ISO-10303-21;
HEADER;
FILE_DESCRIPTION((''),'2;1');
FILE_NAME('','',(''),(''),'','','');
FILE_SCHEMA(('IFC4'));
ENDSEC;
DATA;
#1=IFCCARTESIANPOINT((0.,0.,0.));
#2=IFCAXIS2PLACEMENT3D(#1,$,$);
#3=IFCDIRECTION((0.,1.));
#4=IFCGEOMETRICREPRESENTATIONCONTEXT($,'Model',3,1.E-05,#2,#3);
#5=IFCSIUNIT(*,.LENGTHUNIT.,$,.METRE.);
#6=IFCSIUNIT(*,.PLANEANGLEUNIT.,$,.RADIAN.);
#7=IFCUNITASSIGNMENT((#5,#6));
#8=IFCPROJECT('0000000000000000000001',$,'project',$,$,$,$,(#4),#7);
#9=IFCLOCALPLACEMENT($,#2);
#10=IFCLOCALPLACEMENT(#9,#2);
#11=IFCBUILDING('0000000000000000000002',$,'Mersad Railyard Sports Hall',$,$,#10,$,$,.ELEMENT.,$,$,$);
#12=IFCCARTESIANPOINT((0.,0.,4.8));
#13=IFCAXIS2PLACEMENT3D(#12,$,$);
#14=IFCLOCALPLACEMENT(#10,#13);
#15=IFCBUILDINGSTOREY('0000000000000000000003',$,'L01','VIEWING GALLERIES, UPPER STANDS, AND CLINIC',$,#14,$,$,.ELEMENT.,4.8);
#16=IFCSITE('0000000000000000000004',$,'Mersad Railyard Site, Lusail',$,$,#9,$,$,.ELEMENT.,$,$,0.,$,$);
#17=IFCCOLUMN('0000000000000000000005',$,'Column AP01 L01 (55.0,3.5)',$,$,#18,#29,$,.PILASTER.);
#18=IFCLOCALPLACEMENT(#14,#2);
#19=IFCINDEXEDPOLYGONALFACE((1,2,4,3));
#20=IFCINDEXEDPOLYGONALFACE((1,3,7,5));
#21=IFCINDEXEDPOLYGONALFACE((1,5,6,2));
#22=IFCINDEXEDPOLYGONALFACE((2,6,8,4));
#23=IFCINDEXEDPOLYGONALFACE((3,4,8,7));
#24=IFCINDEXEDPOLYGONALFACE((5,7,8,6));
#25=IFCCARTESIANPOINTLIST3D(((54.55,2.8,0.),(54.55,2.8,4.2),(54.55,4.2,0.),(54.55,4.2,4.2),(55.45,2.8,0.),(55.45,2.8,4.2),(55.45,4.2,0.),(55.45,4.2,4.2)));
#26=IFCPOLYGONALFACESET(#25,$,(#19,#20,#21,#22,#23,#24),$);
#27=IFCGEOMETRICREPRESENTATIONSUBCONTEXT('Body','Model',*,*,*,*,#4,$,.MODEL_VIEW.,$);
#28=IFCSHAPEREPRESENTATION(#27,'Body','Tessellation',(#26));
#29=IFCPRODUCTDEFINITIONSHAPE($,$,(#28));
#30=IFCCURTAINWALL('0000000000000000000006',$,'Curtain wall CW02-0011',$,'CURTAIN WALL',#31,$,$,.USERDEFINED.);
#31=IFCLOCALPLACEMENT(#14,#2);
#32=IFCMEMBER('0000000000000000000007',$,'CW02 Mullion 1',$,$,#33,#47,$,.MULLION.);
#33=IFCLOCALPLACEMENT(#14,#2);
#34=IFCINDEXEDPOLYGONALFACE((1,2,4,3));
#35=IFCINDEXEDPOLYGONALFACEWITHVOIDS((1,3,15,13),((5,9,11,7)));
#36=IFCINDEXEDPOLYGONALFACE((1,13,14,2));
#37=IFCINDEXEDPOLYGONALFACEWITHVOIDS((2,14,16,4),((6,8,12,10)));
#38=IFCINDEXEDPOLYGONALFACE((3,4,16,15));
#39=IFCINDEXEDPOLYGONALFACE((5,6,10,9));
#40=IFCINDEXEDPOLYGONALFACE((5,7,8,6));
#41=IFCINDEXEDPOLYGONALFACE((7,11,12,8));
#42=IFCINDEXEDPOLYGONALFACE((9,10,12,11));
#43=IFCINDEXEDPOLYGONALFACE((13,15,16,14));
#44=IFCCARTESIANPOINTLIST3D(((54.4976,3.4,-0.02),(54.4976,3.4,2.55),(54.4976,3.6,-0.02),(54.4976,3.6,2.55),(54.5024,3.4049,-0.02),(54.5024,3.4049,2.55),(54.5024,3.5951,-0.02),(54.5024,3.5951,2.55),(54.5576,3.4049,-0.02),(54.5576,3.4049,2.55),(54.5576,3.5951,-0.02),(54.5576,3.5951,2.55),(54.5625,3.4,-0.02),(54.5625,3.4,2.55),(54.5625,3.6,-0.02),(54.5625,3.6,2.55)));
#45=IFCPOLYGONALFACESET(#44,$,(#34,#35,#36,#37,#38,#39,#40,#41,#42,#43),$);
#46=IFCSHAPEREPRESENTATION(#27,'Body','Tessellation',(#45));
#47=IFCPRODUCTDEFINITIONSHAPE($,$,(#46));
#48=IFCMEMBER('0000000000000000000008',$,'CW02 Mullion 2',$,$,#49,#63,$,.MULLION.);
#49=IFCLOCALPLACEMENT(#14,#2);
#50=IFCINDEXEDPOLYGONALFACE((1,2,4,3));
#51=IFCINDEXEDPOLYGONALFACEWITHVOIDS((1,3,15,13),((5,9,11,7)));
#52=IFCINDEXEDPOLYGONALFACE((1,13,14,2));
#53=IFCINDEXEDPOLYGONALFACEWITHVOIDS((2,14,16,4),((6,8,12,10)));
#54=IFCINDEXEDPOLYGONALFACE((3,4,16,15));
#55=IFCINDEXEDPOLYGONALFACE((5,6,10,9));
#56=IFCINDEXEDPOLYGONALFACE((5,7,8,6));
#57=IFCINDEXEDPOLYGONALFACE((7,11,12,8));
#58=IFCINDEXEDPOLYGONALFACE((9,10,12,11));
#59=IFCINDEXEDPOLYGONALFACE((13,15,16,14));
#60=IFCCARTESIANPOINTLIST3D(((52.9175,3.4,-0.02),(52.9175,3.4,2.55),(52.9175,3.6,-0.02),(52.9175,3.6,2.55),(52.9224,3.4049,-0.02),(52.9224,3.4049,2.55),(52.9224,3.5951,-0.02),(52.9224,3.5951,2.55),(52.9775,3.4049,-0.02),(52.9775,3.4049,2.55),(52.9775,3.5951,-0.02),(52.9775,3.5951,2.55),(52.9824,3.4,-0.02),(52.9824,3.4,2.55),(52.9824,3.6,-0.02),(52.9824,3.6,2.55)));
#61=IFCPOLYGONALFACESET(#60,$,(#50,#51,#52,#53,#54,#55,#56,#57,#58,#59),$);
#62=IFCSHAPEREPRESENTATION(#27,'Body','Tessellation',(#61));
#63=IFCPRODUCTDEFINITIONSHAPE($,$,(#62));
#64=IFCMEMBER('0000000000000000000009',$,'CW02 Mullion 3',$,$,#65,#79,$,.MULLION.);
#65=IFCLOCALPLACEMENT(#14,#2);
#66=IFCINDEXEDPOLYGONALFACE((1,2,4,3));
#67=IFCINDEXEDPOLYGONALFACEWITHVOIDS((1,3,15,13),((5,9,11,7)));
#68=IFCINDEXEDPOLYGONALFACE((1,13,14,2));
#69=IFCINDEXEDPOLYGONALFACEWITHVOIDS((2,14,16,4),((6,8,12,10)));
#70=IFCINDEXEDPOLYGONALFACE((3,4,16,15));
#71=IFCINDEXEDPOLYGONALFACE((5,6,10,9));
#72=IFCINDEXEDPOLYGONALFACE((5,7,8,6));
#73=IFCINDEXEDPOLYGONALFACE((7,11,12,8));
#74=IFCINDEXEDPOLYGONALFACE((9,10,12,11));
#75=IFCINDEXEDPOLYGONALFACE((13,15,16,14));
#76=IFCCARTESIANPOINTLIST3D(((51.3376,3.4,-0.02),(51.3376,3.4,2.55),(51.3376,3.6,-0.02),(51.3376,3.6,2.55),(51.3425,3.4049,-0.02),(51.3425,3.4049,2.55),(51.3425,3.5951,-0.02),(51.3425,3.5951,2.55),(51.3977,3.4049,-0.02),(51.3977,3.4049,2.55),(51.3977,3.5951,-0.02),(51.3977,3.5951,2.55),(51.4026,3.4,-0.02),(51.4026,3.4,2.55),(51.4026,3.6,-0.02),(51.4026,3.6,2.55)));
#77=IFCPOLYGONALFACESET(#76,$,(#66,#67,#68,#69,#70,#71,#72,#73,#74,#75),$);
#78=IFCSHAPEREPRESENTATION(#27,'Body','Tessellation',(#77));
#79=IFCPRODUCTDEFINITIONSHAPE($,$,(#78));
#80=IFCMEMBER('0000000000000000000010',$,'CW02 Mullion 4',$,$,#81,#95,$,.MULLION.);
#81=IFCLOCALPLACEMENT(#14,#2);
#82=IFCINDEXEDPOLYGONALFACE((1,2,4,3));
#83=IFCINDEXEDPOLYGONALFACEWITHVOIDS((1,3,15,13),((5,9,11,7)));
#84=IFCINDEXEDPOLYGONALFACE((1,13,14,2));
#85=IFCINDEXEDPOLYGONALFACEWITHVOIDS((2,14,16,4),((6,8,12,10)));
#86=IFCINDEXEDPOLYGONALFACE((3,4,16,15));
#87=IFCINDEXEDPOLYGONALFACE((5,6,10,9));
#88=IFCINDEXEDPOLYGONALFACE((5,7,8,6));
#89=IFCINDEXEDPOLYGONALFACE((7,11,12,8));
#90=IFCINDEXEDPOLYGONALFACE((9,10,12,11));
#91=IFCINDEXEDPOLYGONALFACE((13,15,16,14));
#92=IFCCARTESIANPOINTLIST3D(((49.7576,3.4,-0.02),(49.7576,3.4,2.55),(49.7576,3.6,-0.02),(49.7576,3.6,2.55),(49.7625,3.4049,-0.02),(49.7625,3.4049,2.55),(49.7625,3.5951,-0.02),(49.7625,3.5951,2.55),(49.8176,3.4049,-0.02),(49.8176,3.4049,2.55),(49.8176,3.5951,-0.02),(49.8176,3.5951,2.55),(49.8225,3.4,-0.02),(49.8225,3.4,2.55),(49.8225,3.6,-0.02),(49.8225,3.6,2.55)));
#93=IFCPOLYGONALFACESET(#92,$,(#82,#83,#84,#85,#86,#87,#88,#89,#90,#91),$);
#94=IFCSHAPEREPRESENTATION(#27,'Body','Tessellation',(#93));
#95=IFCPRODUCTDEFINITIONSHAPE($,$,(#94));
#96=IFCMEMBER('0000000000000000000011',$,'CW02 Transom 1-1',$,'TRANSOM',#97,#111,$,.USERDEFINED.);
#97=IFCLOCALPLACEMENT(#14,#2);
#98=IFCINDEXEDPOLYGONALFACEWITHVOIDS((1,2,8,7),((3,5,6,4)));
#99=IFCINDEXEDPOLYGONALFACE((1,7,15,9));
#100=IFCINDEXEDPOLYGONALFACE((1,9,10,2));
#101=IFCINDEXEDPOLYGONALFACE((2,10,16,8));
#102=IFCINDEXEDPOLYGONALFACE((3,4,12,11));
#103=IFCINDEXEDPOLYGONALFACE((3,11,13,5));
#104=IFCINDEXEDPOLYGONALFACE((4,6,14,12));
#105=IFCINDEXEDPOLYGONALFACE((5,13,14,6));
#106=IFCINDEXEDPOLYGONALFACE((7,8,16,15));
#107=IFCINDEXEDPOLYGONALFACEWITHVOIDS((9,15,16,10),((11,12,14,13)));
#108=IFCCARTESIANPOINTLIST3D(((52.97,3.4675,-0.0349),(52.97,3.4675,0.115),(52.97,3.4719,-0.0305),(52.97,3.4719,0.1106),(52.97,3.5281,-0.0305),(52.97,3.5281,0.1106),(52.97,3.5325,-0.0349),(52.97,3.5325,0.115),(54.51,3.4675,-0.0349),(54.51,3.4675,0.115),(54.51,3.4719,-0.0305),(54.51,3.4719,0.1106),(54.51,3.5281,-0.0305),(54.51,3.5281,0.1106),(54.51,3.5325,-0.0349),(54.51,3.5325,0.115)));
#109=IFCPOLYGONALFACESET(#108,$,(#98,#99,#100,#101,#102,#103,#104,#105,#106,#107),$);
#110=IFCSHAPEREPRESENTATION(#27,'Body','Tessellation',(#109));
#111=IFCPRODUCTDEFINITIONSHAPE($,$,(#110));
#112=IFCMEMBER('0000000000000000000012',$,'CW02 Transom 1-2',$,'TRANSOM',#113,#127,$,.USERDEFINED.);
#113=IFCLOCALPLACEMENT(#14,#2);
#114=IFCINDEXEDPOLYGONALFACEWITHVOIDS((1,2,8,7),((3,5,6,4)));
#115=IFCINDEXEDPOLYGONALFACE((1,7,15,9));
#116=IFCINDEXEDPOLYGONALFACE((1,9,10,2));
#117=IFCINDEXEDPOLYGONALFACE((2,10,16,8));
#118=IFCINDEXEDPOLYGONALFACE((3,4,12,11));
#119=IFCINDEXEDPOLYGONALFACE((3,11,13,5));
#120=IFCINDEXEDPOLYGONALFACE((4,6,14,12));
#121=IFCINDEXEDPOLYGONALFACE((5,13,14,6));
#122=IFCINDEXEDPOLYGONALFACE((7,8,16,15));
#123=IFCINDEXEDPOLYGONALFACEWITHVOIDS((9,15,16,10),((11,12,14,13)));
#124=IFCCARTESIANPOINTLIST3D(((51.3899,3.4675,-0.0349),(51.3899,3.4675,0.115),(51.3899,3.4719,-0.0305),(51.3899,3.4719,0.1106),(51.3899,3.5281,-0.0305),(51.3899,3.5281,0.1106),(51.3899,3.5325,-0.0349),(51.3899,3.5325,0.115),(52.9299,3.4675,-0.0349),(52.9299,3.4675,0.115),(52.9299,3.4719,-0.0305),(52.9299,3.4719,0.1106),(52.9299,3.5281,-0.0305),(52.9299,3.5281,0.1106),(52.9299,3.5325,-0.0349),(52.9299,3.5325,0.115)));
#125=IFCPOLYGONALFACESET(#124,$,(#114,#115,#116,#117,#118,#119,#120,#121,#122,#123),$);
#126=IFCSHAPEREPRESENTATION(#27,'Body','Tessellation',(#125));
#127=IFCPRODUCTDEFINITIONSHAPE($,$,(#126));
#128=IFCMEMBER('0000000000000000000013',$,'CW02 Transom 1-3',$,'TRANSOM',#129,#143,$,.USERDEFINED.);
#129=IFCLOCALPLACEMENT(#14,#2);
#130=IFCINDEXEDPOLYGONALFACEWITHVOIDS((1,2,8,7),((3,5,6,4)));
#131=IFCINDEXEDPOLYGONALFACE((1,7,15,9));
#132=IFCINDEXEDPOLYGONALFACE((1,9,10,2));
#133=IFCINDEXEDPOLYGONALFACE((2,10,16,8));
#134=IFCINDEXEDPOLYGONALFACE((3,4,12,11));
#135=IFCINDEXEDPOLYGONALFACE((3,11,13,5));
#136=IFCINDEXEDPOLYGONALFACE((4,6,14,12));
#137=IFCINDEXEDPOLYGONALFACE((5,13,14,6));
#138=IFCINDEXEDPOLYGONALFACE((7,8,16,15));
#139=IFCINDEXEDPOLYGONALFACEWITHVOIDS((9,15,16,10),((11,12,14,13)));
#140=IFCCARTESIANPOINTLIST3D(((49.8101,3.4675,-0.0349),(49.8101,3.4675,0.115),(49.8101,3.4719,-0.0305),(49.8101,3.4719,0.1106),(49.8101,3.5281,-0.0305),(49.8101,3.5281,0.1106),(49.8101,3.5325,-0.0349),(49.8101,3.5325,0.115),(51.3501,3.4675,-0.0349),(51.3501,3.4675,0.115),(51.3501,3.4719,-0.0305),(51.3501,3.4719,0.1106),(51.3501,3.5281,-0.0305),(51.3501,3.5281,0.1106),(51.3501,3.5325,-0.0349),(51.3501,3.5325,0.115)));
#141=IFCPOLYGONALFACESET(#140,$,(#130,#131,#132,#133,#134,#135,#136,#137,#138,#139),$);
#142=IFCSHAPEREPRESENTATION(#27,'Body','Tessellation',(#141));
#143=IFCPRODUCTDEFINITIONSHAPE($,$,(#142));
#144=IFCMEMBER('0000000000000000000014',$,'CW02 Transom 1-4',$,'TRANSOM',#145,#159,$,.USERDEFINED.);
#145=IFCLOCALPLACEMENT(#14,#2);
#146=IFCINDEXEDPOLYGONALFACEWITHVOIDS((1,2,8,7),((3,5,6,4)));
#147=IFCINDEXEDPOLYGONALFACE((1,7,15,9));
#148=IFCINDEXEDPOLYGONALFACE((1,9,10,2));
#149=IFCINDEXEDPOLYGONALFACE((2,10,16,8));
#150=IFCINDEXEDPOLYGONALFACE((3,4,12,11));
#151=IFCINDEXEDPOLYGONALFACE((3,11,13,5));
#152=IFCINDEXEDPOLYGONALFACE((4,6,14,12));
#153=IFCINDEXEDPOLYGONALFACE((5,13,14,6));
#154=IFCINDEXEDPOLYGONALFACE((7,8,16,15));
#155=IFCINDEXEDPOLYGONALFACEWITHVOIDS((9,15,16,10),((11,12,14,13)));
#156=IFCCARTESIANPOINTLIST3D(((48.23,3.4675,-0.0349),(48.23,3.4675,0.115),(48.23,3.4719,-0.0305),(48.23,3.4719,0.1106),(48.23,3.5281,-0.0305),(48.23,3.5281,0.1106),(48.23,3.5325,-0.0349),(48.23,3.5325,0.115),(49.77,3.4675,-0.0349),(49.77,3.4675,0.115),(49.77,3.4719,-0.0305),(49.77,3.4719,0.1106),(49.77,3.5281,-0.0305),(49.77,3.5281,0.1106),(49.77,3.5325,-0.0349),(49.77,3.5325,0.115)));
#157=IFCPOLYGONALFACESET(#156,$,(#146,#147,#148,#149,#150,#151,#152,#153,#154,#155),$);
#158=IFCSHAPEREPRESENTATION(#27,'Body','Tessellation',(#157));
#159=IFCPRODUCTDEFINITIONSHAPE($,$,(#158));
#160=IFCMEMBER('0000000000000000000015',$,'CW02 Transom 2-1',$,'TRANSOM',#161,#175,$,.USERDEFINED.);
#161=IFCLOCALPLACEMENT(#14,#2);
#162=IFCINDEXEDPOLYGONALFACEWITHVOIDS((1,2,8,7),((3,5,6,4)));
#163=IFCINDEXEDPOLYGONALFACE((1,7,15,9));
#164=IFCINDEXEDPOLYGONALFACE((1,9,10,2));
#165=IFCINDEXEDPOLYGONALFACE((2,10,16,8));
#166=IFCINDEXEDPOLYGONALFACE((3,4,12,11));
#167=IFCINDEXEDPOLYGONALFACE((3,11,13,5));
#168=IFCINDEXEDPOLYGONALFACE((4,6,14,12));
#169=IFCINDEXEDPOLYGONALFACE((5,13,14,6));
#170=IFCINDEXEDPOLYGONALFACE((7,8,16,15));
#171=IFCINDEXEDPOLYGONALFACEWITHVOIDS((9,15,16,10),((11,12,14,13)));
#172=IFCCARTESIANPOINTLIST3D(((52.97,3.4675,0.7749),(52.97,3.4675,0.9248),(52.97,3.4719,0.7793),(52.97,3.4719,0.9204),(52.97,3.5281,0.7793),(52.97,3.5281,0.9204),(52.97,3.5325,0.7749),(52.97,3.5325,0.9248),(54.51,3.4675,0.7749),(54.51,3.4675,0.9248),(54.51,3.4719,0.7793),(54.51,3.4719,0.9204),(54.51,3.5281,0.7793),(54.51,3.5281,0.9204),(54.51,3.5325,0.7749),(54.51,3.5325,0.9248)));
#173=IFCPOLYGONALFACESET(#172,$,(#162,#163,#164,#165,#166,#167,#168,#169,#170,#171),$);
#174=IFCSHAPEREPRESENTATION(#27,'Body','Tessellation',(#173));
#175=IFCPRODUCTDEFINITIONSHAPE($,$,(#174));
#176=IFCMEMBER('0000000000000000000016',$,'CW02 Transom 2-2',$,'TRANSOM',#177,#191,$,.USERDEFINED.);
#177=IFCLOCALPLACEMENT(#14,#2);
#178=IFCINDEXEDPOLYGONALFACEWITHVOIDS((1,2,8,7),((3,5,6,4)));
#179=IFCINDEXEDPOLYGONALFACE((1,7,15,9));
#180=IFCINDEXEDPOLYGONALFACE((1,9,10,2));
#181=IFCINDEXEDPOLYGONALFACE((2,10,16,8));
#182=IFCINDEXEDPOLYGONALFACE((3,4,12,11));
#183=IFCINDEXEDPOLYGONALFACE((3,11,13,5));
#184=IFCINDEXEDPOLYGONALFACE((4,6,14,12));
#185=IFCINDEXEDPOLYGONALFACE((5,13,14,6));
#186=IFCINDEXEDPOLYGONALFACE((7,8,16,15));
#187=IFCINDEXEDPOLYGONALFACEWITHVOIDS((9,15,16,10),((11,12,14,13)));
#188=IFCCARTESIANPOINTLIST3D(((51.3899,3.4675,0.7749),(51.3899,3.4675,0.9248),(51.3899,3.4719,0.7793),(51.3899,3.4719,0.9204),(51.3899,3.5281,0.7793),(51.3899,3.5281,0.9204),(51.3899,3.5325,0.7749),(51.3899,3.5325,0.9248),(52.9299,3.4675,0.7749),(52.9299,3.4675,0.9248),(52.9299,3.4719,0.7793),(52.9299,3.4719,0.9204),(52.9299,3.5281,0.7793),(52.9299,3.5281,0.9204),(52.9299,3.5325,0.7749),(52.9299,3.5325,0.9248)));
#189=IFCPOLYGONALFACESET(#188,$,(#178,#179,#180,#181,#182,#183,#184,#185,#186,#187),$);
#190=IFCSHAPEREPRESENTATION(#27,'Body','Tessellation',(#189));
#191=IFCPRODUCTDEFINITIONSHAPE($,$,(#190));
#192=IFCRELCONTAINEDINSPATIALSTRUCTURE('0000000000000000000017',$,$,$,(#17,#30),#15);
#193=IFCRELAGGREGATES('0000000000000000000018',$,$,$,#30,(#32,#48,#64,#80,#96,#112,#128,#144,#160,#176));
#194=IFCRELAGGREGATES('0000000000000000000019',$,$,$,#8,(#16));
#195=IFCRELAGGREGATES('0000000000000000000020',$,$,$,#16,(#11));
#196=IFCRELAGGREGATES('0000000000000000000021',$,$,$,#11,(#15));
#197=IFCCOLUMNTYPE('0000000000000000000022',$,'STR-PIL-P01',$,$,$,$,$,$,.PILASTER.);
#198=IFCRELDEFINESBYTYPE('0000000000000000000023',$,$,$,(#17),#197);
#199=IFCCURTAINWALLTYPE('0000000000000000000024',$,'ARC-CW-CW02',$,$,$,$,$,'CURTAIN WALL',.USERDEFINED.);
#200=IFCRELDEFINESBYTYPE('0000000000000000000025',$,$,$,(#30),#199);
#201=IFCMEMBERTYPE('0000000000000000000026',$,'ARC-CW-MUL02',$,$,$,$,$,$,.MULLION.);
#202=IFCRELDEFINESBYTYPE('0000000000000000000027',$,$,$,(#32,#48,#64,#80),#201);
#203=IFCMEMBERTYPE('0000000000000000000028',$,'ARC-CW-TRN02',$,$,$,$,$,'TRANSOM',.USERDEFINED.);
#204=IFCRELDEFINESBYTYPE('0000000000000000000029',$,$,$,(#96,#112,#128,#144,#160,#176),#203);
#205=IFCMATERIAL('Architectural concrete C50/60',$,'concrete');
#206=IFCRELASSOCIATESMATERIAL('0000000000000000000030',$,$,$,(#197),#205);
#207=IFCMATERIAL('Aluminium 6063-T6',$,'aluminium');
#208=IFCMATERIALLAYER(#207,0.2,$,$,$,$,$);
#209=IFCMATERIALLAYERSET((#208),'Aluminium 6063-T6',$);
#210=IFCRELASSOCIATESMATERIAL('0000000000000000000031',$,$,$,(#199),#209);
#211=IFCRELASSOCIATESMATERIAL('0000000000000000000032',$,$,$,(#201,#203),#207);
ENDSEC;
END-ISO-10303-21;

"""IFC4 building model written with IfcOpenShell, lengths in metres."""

from ifc_helpers import new_model, si_unit, direction, frame, origin, origin_2d, place, context, subcontext, project, spatial, rectangle, hollow_rectangle, extrude, material, layer, layer_set, material_profile, profile_set, type_object, element, aggregate, save


model = new_model("IFC4")

# Units and contexts
model_context = context("Model", 3, precision=1e-05, world=origin(), true_north=direction((0.0, 1.0)))
body_context = subcontext(model_context, "Body", "Model", "MODEL_VIEW")
ifc_project = project(units=[si_unit("LENGTHUNIT", "METRE"), si_unit("PLANEANGLEUNIT", "RADIAN")], contexts=[model_context])

# Site, building, storey
site_placement = place(None, origin())
site = spatial("IfcSite", under=ifc_project, at=site_placement, Name="Mersad Railyard Site, Lusail", CompositionType="ELEMENT", RefElevation=0.0)
building_placement = place(site_placement, origin())
building = spatial("IfcBuilding", under=site, at=building_placement, Name="Mersad Railyard Sports Hall", CompositionType="ELEMENT")
storey_placement = place(building_placement, frame((0.0, 0.0, 4.8)))
storey = spatial("IfcBuildingStorey", under=building, at=storey_placement, Name="L01", Description="VIEWING GALLERIES, UPPER STANDS, AND CLINIC", CompositionType="ELEMENT", Elevation=4.8)

# Column
ifc_material_1 = material(Name="Architectural concrete C50/60", Category="concrete")
ifc_material_profile_1 = material_profile(ifc_material_1, rectangle(XDim=0.8999, YDim=1.3999, at=origin_2d()), Name="RC 900x1400")
ifc_profile_set_1 = profile_set([ifc_material_profile_1], Name="Architectural concrete C50/60")
column_type = type_object("IfcColumnType", Name="STR-PIL-P01", PredefinedType="PILASTER", material=ifc_profile_set_1)
column_placement = place(storey_placement, frame((55.0, 3.5, 0.0), z_axis=(0.0, 0.0, 1.0), x_axis=(1.0, 0.0, 0.0)))
element("IfcColumn", 1, at=column_placement, inside=storey, type_object=column_type, Name="Column AP01 L01 (55.0,3.5)", PredefinedType="PILASTER", context=body_context, shape_type="SweptSolid", body=[
    extrude(rectangle(XDim=0.8999, YDim=1.3999, at=origin_2d()), origin(), (0.0, 0.0, 1.0), 4.2),
])

# Curtain wall, members
ifc_material_2 = material(Name="Aluminium 6063-T6", Category="aluminium")
ifc_layer_1 = layer(ifc_material_2, 0.2)
ifc_layer_set_1 = layer_set([ifc_layer_1], Name="Aluminium 6063-T6")
curtain_wall_type = type_object("IfcCurtainWallType", Name="ARC-CW-CW02", ElementType="CURTAIN WALL", PredefinedType="USERDEFINED", material=ifc_layer_set_1)
curtain_wall_placement = place(storey_placement, origin())
curtain_wall = element("IfcCurtainWall", 2, at=curtain_wall_placement, inside=storey, type_object=curtain_wall_type, Name="Curtain wall CW02-0011", ObjectType="CURTAIN WALL", PredefinedType="USERDEFINED")
ifc_material_profile_2 = material_profile(ifc_material_2, hollow_rectangle(XDim=0.0649, YDim=0.2, WallThickness=0.0049, at=origin_2d()), Name="AL MULLION 65x200x5")
ifc_profile_set_2 = profile_set([ifc_material_profile_2], Name="Aluminium 6063-T6")
member_type_1 = type_object("IfcMemberType", Name="ARC-CW-MUL02", PredefinedType="MULLION", material=ifc_profile_set_2)
member_1_placement = place(storey_placement, frame((54.53, 3.5, -0.02), z_axis=(0.0, 0.0, 1.0), x_axis=(1.0, 0.0, 0.0)))
member_1 = element("IfcMember", 3, at=member_1_placement, type_object=member_type_1, Name="CW02 Mullion 1", PredefinedType="MULLION", context=body_context, shape_type="SweptSolid", body=[
    extrude(hollow_rectangle(XDim=0.0649, YDim=0.2, WallThickness=0.0049, at=origin_2d()), origin(), (0.0, 0.0, 1.0), 2.5701),
])
member_2_placement = place(storey_placement, frame((52.95, 3.5, -0.02), z_axis=(0.0, 0.0, 1.0), x_axis=(1.0, 0.0, 0.0)))
member_2 = element("IfcMember", 4, at=member_2_placement, type_object=member_type_1, Name="CW02 Mullion 2", PredefinedType="MULLION", context=body_context, shape_type="SweptSolid", body=[
    extrude(hollow_rectangle(XDim=0.0649, YDim=0.2, WallThickness=0.0049, at=origin_2d()), origin(), (0.0, 0.0, 1.0), 2.5701),
])
member_3_placement = place(storey_placement, frame((51.3701, 3.5, -0.02), z_axis=(0.0, 0.0, 1.0), x_axis=(1.0, 0.0, 0.0)))
member_3 = element("IfcMember", 5, at=member_3_placement, type_object=member_type_1, Name="CW02 Mullion 3", PredefinedType="MULLION", context=body_context, shape_type="SweptSolid", body=[
    extrude(hollow_rectangle(XDim=0.0649, YDim=0.2, WallThickness=0.0049, at=origin_2d()), origin(), (0.0, 0.0, 1.0), 2.5701),
])
member_4_placement = place(storey_placement, frame((49.79, 3.5, -0.02), z_axis=(0.0, 0.0, 1.0), x_axis=(1.0, 0.0, 0.0)))
member_4 = element("IfcMember", 6, at=member_4_placement, type_object=member_type_1, Name="CW02 Mullion 4", PredefinedType="MULLION", context=body_context, shape_type="SweptSolid", body=[
    extrude(hollow_rectangle(XDim=0.0649, YDim=0.2, WallThickness=0.0049, at=origin_2d()), origin(), (0.0, 0.0, 1.0), 2.5701),
])
ifc_material_profile_3 = material_profile(ifc_material_2, hollow_rectangle(XDim=0.0649, YDim=0.1499, WallThickness=0.0044, at=origin_2d()), Name="AL TRANSOM 65x150x4.5")
ifc_profile_set_3 = profile_set([ifc_material_profile_3], Name="Aluminium 6063-T6")
member_type_2 = type_object("IfcMemberType", Name="ARC-CW-TRN02", ElementType="TRANSOM", PredefinedType="USERDEFINED", material=ifc_profile_set_3)
member_5_placement = place(storey_placement, frame((54.51, 3.5, 0.04), z_axis=(-1.0, 0.0, 0.0), x_axis=(0.0, -1.0, 0.0)))
member_5 = element("IfcMember", 7, at=member_5_placement, type_object=member_type_2, Name="CW02 Transom 1-1", ObjectType="TRANSOM", PredefinedType="USERDEFINED", context=body_context, shape_type="SweptSolid", body=[
    extrude(hollow_rectangle(XDim=0.0649, YDim=0.1499, WallThickness=0.0044, at=origin_2d()), origin(), (0.0, 0.0, 1.0), 1.54),
])
member_6_placement = place(storey_placement, frame((52.9299, 3.5, 0.04), z_axis=(-1.0, 0.0, 0.0), x_axis=(0.0, -1.0, 0.0)))
member_6 = element("IfcMember", 8, at=member_6_placement, type_object=member_type_2, Name="CW02 Transom 1-2", ObjectType="TRANSOM", PredefinedType="USERDEFINED", context=body_context, shape_type="SweptSolid", body=[
    extrude(hollow_rectangle(XDim=0.0649, YDim=0.1499, WallThickness=0.0044, at=origin_2d()), origin(), (0.0, 0.0, 1.0), 1.54),
])
member_7_placement = place(storey_placement, frame((51.3501, 3.5, 0.04), z_axis=(-1.0, 0.0, 0.0), x_axis=(0.0, -1.0, 0.0)))
member_7 = element("IfcMember", 9, at=member_7_placement, type_object=member_type_2, Name="CW02 Transom 1-3", ObjectType="TRANSOM", PredefinedType="USERDEFINED", context=body_context, shape_type="SweptSolid", body=[
    extrude(hollow_rectangle(XDim=0.0649, YDim=0.1499, WallThickness=0.0044, at=origin_2d()), origin(), (0.0, 0.0, 1.0), 1.54),
])
member_8_placement = place(storey_placement, frame((49.77, 3.5, 0.04), z_axis=(-1.0, 0.0, 0.0), x_axis=(0.0, -1.0, 0.0)))
member_8 = element("IfcMember", 10, at=member_8_placement, type_object=member_type_2, Name="CW02 Transom 1-4", ObjectType="TRANSOM", PredefinedType="USERDEFINED", context=body_context, shape_type="SweptSolid", body=[
    extrude(hollow_rectangle(XDim=0.0649, YDim=0.1499, WallThickness=0.0044, at=origin_2d()), origin(), (0.0, 0.0, 1.0), 1.54),
])
member_9_placement = place(storey_placement, frame((54.51, 3.5, 0.8499), z_axis=(-1.0, 0.0, 0.0), x_axis=(0.0, -1.0, 0.0)))
member_9 = element("IfcMember", 11, at=member_9_placement, type_object=member_type_2, Name="CW02 Transom 2-1", ObjectType="TRANSOM", PredefinedType="USERDEFINED", context=body_context, shape_type="SweptSolid", body=[
    extrude(hollow_rectangle(XDim=0.0649, YDim=0.1499, WallThickness=0.0044, at=origin_2d()), origin(), (0.0, 0.0, 1.0), 1.54),
])
member_10_placement = place(storey_placement, frame((52.9299, 3.5, 0.8499), z_axis=(-1.0, 0.0, 0.0), x_axis=(0.0, -1.0, 0.0)))
member_10 = element("IfcMember", 12, at=member_10_placement, type_object=member_type_2, Name="CW02 Transom 2-2", ObjectType="TRANSOM", PredefinedType="USERDEFINED", context=body_context, shape_type="SweptSolid", body=[
    extrude(hollow_rectangle(XDim=0.0649, YDim=0.1499, WallThickness=0.0044, at=origin_2d()), origin(), (0.0, 0.0, 1.0), 1.54),
])

aggregate(curtain_wall, [member_1, member_2, member_3, member_4, member_5, member_6, member_7, member_8, member_9, member_10])

save(model, "model.ifc")
